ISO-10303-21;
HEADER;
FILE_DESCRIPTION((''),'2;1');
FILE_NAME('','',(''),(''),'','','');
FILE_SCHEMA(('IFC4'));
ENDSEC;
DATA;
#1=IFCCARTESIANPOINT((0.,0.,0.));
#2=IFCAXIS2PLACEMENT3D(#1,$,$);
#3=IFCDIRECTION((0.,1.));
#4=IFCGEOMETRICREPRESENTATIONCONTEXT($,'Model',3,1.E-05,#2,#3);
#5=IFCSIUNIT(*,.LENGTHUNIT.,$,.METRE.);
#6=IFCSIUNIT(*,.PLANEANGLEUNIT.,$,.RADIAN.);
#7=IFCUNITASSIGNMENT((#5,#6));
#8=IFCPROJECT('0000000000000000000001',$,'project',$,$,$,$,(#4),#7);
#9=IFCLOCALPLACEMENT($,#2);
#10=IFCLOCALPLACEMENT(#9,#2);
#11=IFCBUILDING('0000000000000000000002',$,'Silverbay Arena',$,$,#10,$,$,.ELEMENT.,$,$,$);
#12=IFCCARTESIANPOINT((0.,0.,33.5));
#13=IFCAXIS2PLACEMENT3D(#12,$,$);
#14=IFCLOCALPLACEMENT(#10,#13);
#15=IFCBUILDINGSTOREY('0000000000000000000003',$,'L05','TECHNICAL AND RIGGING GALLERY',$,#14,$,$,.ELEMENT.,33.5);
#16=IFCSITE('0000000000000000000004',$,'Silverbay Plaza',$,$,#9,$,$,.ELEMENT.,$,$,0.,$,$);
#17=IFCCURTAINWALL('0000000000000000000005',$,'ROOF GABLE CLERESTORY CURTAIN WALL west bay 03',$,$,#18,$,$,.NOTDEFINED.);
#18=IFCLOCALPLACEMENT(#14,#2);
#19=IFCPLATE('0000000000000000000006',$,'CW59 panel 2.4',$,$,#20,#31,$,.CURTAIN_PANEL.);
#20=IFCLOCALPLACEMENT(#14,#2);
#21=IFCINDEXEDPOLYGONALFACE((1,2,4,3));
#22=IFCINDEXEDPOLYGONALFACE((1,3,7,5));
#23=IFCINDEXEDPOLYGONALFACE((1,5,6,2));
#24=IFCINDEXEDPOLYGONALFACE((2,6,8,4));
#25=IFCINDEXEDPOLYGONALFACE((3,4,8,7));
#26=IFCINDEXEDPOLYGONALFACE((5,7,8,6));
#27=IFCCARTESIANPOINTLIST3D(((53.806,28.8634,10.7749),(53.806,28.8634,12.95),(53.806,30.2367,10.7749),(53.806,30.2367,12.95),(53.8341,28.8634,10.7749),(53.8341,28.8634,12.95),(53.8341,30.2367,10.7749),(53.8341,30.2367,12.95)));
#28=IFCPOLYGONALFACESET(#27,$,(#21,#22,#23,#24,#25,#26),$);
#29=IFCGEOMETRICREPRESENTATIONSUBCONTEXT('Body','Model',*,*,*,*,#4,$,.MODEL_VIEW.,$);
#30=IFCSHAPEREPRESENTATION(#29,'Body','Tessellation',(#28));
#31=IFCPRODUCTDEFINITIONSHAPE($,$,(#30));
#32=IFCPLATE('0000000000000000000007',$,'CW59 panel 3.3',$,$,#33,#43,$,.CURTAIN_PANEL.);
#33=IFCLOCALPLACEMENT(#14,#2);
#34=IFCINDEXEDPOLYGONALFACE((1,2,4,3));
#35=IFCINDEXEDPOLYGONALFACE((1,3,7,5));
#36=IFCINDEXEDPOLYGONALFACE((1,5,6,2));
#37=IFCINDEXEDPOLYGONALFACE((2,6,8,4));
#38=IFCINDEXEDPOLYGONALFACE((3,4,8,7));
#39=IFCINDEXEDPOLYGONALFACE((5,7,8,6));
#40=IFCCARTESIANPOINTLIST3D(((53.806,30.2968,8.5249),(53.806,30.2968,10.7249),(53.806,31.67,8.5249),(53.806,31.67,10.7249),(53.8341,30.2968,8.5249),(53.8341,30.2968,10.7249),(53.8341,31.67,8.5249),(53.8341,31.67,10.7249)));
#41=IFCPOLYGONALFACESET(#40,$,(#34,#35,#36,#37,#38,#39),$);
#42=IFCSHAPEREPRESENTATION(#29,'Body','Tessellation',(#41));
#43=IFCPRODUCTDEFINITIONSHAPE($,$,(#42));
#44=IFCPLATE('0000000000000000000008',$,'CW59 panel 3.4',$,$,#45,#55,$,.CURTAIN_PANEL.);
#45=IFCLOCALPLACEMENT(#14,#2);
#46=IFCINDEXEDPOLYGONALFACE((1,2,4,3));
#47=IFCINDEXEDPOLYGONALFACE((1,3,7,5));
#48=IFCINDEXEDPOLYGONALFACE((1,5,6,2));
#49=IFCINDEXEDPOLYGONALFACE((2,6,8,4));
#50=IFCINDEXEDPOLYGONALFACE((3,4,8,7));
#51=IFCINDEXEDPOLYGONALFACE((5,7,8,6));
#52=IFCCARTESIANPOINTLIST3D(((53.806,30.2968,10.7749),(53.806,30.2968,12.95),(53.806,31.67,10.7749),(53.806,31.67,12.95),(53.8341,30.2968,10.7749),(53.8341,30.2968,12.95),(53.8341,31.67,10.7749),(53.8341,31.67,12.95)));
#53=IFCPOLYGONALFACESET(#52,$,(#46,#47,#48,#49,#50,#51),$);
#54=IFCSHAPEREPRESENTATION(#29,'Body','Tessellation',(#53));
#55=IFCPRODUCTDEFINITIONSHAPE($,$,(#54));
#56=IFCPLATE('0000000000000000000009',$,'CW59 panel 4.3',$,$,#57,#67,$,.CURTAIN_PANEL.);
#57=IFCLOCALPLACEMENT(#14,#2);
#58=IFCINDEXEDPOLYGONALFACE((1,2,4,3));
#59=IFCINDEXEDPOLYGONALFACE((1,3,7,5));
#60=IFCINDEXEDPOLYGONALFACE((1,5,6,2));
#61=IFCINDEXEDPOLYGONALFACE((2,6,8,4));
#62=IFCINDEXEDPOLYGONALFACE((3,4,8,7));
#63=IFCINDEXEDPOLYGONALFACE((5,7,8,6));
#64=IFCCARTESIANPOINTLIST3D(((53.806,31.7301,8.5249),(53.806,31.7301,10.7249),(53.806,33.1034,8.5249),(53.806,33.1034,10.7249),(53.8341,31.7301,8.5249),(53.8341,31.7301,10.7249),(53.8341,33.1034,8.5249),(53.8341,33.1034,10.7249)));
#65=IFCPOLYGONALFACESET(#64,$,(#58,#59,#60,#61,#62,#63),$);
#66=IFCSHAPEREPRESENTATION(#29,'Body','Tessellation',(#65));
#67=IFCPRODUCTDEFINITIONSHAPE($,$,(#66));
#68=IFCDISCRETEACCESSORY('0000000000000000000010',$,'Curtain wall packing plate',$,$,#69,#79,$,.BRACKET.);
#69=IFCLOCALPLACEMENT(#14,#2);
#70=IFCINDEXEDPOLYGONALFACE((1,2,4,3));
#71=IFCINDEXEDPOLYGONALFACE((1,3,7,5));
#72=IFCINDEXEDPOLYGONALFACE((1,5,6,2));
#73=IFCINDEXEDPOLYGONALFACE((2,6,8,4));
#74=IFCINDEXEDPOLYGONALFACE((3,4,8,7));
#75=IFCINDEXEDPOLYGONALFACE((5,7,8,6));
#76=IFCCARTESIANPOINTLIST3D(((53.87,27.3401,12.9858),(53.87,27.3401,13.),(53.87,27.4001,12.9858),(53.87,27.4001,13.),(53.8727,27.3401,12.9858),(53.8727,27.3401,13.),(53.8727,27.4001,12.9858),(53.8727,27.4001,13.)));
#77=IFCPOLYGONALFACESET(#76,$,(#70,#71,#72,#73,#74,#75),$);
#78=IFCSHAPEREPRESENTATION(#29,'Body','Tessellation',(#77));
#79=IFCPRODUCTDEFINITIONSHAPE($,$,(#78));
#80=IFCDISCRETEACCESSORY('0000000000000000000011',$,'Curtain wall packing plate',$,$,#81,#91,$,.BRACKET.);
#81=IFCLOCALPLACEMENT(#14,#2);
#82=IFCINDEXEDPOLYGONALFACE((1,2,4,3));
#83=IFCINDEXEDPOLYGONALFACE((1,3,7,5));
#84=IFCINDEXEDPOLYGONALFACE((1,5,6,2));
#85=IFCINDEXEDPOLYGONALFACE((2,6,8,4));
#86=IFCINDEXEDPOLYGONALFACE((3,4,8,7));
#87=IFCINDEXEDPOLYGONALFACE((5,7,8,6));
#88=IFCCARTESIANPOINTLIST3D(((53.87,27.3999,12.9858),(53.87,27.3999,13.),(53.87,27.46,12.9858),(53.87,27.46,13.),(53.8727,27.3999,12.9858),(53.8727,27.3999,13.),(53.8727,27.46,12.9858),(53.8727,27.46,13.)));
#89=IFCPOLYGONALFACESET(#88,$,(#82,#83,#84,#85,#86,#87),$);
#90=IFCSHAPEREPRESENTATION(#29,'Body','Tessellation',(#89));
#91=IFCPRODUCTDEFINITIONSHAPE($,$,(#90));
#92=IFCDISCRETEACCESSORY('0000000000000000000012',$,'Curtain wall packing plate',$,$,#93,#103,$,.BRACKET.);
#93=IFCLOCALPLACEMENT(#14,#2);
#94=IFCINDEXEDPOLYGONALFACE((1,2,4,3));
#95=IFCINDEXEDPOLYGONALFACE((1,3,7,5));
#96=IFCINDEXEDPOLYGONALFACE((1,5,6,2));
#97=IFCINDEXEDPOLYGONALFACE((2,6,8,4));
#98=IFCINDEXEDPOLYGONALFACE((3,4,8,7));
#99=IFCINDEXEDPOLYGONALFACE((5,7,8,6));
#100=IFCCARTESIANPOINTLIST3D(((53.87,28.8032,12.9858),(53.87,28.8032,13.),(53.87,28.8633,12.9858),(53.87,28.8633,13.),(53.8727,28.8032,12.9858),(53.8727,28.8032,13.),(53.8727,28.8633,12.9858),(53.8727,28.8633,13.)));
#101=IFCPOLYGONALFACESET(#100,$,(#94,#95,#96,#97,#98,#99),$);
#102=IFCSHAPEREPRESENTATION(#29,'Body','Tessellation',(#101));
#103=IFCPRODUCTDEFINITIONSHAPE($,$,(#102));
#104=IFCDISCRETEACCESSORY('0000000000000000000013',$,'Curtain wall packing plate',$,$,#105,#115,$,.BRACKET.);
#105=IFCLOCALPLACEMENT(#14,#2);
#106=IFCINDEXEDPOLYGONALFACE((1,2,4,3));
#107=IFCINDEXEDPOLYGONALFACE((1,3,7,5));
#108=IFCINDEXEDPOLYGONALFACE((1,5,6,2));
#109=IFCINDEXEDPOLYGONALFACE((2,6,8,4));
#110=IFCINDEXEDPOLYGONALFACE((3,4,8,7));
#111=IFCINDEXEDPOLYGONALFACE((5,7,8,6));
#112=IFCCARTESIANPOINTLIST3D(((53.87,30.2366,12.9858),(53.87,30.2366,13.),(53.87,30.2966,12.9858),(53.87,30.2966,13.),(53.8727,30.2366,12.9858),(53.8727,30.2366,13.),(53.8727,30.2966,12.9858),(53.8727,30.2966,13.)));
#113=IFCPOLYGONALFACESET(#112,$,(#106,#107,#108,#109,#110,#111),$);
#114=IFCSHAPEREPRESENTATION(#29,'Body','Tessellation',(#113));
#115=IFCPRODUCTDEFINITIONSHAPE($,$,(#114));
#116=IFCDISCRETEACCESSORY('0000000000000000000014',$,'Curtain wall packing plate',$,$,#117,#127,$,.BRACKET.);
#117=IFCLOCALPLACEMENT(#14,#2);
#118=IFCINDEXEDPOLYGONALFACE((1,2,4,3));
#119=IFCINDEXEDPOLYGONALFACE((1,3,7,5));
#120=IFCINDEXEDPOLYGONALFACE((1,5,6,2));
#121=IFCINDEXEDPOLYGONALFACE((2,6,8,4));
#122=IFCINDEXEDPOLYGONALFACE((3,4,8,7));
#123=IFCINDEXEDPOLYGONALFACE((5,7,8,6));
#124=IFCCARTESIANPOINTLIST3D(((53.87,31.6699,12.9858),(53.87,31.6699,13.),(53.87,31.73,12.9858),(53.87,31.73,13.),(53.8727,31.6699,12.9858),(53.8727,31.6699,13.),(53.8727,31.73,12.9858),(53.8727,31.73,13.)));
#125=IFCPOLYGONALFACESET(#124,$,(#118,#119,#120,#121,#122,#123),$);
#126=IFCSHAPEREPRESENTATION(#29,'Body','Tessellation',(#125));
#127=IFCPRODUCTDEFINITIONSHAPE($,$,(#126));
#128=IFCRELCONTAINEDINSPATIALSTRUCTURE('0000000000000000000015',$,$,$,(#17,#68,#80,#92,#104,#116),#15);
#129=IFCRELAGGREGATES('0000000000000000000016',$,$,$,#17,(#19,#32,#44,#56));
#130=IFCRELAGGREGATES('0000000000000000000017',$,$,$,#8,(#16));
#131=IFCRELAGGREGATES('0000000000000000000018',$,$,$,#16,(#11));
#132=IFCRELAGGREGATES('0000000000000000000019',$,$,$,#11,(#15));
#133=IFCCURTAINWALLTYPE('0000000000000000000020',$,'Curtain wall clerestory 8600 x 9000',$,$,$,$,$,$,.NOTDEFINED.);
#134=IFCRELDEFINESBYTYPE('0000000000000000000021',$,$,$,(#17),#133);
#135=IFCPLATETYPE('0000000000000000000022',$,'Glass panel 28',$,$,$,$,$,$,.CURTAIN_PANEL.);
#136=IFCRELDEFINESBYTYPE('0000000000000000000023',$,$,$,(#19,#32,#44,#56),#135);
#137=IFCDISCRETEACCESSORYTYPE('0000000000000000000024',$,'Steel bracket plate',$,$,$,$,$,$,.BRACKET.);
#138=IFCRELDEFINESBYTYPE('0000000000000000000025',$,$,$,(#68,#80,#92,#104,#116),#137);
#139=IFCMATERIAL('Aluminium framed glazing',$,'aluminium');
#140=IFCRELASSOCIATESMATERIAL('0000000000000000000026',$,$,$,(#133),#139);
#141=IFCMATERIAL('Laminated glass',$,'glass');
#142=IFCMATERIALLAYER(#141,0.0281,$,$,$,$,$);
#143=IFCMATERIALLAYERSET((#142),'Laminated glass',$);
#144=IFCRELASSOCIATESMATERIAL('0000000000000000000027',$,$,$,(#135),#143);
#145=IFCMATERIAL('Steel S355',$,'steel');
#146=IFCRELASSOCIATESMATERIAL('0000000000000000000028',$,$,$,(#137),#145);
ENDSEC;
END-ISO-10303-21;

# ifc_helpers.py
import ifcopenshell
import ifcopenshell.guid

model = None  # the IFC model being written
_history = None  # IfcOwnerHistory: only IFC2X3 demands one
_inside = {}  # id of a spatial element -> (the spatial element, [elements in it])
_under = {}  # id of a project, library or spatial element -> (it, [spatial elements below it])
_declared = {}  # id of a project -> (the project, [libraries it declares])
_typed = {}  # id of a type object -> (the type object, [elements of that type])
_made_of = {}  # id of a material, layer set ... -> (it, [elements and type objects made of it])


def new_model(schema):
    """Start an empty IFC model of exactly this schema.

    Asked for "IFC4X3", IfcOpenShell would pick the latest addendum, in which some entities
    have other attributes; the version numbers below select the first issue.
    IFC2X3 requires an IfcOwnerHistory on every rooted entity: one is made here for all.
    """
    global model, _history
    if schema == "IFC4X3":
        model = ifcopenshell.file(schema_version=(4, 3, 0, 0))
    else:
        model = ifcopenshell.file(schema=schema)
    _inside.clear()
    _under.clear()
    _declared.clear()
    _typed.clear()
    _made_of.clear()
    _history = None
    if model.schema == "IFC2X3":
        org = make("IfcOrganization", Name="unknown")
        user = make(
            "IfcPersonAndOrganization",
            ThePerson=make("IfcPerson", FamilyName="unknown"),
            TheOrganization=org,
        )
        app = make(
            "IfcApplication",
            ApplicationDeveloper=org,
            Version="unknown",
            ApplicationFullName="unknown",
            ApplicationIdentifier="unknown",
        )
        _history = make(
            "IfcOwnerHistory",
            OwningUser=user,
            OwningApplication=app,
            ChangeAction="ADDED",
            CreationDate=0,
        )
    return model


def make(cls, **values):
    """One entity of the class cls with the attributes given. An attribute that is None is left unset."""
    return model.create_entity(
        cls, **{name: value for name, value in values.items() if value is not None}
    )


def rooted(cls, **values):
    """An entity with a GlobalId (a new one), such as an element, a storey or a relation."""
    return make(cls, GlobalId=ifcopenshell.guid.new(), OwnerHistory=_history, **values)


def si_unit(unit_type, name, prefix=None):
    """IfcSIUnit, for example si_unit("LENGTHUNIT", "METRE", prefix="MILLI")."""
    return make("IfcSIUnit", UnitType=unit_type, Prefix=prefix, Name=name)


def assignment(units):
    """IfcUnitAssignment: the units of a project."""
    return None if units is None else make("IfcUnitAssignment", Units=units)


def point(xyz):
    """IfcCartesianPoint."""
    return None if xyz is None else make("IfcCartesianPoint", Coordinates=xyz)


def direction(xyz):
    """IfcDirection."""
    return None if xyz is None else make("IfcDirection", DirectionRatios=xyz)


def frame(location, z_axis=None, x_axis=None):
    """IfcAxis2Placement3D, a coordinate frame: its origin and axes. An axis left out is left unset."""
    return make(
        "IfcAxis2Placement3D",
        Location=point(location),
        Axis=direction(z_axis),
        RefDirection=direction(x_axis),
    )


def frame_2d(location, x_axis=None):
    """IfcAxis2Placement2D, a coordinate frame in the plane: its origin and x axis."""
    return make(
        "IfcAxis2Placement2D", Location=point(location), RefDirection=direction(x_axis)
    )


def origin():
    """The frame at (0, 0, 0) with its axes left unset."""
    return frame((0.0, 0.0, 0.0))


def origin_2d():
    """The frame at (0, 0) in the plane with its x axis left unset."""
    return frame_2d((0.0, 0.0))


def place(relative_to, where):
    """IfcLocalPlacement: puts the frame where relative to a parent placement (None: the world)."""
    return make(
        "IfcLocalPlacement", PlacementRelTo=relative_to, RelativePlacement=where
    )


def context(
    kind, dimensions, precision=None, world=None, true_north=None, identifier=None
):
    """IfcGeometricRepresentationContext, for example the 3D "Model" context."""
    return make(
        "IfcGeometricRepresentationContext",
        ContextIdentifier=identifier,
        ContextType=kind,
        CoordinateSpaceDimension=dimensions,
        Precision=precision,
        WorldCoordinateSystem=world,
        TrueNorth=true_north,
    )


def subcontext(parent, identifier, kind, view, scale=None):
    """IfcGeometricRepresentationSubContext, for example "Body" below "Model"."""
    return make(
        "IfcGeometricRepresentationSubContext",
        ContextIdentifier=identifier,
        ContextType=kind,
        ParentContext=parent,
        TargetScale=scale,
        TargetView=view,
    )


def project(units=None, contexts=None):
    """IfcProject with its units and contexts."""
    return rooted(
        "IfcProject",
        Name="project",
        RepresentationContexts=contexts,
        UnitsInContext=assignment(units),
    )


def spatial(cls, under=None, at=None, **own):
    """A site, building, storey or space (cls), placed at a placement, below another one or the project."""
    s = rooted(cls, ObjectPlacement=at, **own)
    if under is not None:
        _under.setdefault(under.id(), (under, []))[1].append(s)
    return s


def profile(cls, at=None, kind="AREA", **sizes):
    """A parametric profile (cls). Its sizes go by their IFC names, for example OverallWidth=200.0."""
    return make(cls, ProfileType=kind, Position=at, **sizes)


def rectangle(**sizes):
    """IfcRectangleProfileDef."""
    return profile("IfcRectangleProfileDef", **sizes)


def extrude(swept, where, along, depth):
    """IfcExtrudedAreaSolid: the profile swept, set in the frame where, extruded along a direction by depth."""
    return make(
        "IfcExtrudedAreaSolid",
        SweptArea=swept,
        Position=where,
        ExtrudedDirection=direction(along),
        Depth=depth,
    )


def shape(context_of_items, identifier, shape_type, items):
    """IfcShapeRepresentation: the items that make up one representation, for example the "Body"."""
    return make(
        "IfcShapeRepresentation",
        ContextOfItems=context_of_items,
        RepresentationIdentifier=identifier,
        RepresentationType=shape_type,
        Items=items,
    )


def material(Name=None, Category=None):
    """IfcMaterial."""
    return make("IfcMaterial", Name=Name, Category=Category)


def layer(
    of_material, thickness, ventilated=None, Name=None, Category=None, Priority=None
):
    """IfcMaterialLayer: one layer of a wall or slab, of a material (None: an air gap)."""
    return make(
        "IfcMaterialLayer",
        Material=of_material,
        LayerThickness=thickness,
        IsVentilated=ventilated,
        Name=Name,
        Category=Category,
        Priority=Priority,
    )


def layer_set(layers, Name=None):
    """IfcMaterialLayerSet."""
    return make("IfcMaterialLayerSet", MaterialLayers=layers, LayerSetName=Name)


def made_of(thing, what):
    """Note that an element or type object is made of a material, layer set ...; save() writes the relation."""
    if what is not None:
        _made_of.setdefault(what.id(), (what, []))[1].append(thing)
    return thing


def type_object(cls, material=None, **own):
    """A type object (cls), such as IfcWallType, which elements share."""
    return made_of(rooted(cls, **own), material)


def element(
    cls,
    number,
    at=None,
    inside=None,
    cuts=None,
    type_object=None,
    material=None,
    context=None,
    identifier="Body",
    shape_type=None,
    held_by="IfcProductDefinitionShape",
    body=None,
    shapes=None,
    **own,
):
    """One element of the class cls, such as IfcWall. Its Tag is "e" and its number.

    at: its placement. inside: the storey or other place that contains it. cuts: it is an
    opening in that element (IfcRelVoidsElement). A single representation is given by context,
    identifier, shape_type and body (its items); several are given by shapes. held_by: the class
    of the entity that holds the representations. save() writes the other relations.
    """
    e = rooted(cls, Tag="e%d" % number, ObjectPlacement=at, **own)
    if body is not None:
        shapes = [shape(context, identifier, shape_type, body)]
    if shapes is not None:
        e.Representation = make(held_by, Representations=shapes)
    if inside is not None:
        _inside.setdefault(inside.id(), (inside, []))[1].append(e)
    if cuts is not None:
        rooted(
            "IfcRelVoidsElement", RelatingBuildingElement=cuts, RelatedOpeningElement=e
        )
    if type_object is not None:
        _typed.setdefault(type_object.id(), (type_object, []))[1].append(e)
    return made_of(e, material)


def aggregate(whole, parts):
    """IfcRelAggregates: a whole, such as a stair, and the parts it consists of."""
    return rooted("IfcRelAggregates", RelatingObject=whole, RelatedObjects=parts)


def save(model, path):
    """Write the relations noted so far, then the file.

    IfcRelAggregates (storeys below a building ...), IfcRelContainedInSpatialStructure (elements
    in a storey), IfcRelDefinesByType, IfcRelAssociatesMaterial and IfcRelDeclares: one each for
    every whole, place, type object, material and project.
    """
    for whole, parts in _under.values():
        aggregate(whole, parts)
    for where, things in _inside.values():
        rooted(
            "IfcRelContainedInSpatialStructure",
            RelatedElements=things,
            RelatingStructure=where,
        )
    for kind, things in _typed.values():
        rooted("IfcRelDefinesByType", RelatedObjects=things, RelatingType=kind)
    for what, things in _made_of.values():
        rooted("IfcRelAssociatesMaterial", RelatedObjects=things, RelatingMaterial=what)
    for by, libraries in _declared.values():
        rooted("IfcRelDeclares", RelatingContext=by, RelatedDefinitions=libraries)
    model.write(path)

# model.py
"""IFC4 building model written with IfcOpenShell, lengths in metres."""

from ifc_helpers import new_model, si_unit, direction, frame, origin, origin_2d, place, context, subcontext, project, spatial, rectangle, extrude, material, layer, layer_set, type_object, element, aggregate, save


model = new_model("IFC4")

# Units and contexts
model_context = context("Model", 3, precision=1e-05, world=origin(), true_north=direction((0.0, 1.0)))
body_context = subcontext(model_context, "Body", "Model", "MODEL_VIEW")
ifc_project = project(units=[si_unit("LENGTHUNIT", "METRE"), si_unit("PLANEANGLEUNIT", "RADIAN")], contexts=[model_context])

# Site, building, storey
site_placement = place(None, origin())
site = spatial("IfcSite", under=ifc_project, at=site_placement, Name="Silverbay Plaza", CompositionType="ELEMENT", RefElevation=0.0)
building_placement = place(site_placement, origin())
building = spatial("IfcBuilding", under=site, at=building_placement, Name="Silverbay Arena", CompositionType="ELEMENT")
storey_placement = place(building_placement, frame((0.0, 0.0, 33.5)))
storey = spatial("IfcBuildingStorey", under=building, at=storey_placement, Name="L05", Description="TECHNICAL AND RIGGING GALLERY", CompositionType="ELEMENT", Elevation=33.5)

# Curtain wall
ifc_material_1 = material(Name="Aluminium framed glazing", Category="aluminium")
curtain_wall_type = type_object("IfcCurtainWallType", Name="Curtain wall clerestory 8600 x 9000", PredefinedType="NOTDEFINED", material=ifc_material_1)
curtain_wall_placement = place(storey_placement, origin())
curtain_wall = element("IfcCurtainWall", 1, at=curtain_wall_placement, inside=storey, type_object=curtain_wall_type, Name="ROOF GABLE CLERESTORY CURTAIN WALL west bay 03", PredefinedType="NOTDEFINED")

# Plates
ifc_material_2 = material(Name="Laminated glass", Category="glass")
ifc_layer = layer(ifc_material_2, 0.0281)
ifc_layer_set = layer_set([ifc_layer], Name="Laminated glass")
plate_type = type_object("IfcPlateType", Name="Glass panel 28", PredefinedType="CURTAIN_PANEL", material=ifc_layer_set)
plate_1_placement = place(storey_placement, frame((53.8201, 29.55, 10.7749), z_axis=(0.0, 0.0, 1.0), x_axis=(0.0, 1.0, 0.0)))
plate_1 = element("IfcPlate", 2, at=plate_1_placement, type_object=plate_type, Name="CW59 panel 2.4", PredefinedType="CURTAIN_PANEL", context=body_context, shape_type="SweptSolid", body=[
    extrude(rectangle(XDim=1.3733, YDim=0.0281, at=origin_2d()), origin(), (0.0, 0.0, 1.0), 2.175),
])
plate_2_placement = place(storey_placement, frame((53.8201, 30.9834, 8.5249), z_axis=(0.0, 0.0, 1.0), x_axis=(0.0, 1.0, 0.0)))
plate_2 = element("IfcPlate", 3, at=plate_2_placement, type_object=plate_type, Name="CW59 panel 3.3", PredefinedType="CURTAIN_PANEL", context=body_context, shape_type="SweptSolid", body=[
    extrude(rectangle(XDim=1.3733, YDim=0.0281, at=origin_2d()), origin(), (0.0, 0.0, 1.0), 2.2),
])
plate_3_placement = place(storey_placement, frame((53.8201, 30.9834, 10.7749), z_axis=(0.0, 0.0, 1.0), x_axis=(0.0, 1.0, 0.0)))
plate_3 = element("IfcPlate", 4, at=plate_3_placement, type_object=plate_type, Name="CW59 panel 3.4", PredefinedType="CURTAIN_PANEL", context=body_context, shape_type="SweptSolid", body=[
    extrude(rectangle(XDim=1.3733, YDim=0.0281, at=origin_2d()), origin(), (0.0, 0.0, 1.0), 2.175),
])
plate_4_placement = place(storey_placement, frame((53.8201, 32.4167, 8.5249), z_axis=(0.0, 0.0, 1.0), x_axis=(0.0, 1.0, 0.0)))
plate_4 = element("IfcPlate", 5, at=plate_4_placement, type_object=plate_type, Name="CW59 panel 4.3", PredefinedType="CURTAIN_PANEL", context=body_context, shape_type="SweptSolid", body=[
    extrude(rectangle(XDim=1.3733, YDim=0.0281, at=origin_2d()), origin(), (0.0, 0.0, 1.0), 2.2),
])
aggregate(curtain_wall, [plate_1, plate_2, plate_3, plate_4])

# Discrete accessories
ifc_material_3 = material(Name="Steel S355", Category="steel")
discrete_accessory_type = type_object("IfcDiscreteAccessoryType", Name="Steel bracket plate", PredefinedType="BRACKET", material=ifc_material_3)
for number, where, z_axis, x_axis, name in (
    (6, (53.8713, 27.3701, 12.9858), (0.0, 0.0, 1.0), (1.0, 0.0, 0.0), "Curtain wall packing plate"),
    (7, (53.8713, 27.4299, 12.9858), (0.0, 0.0, 1.0), (1.0, 0.0, 0.0), "Curtain wall packing plate"),
    (8, (53.8713, 28.8333, 12.9858), (0.0, 0.0, 1.0), (1.0, 0.0, 0.0), "Curtain wall packing plate"),
    (9, (53.8713, 30.2666, 12.9858), (0.0, 0.0, 1.0), (1.0, 0.0, 0.0), "Curtain wall packing plate"),
    (10, (53.8713, 31.7, 12.9858), (0.0, 0.0, 1.0), (1.0, 0.0, 0.0), "Curtain wall packing plate"),
):
    element("IfcDiscreteAccessory", number, at=place(storey_placement, frame(where, z_axis=z_axis, x_axis=x_axis)), inside=storey, type_object=discrete_accessory_type, Name=name, PredefinedType="BRACKET", context=body_context, shape_type="SweptSolid", body=[
        extrude(rectangle(XDim=0.0027, YDim=0.0601, at=origin_2d()), origin(), (0.0, 0.0, 1.0), 0.0142),
    ])

save(model, "model.ifc")
